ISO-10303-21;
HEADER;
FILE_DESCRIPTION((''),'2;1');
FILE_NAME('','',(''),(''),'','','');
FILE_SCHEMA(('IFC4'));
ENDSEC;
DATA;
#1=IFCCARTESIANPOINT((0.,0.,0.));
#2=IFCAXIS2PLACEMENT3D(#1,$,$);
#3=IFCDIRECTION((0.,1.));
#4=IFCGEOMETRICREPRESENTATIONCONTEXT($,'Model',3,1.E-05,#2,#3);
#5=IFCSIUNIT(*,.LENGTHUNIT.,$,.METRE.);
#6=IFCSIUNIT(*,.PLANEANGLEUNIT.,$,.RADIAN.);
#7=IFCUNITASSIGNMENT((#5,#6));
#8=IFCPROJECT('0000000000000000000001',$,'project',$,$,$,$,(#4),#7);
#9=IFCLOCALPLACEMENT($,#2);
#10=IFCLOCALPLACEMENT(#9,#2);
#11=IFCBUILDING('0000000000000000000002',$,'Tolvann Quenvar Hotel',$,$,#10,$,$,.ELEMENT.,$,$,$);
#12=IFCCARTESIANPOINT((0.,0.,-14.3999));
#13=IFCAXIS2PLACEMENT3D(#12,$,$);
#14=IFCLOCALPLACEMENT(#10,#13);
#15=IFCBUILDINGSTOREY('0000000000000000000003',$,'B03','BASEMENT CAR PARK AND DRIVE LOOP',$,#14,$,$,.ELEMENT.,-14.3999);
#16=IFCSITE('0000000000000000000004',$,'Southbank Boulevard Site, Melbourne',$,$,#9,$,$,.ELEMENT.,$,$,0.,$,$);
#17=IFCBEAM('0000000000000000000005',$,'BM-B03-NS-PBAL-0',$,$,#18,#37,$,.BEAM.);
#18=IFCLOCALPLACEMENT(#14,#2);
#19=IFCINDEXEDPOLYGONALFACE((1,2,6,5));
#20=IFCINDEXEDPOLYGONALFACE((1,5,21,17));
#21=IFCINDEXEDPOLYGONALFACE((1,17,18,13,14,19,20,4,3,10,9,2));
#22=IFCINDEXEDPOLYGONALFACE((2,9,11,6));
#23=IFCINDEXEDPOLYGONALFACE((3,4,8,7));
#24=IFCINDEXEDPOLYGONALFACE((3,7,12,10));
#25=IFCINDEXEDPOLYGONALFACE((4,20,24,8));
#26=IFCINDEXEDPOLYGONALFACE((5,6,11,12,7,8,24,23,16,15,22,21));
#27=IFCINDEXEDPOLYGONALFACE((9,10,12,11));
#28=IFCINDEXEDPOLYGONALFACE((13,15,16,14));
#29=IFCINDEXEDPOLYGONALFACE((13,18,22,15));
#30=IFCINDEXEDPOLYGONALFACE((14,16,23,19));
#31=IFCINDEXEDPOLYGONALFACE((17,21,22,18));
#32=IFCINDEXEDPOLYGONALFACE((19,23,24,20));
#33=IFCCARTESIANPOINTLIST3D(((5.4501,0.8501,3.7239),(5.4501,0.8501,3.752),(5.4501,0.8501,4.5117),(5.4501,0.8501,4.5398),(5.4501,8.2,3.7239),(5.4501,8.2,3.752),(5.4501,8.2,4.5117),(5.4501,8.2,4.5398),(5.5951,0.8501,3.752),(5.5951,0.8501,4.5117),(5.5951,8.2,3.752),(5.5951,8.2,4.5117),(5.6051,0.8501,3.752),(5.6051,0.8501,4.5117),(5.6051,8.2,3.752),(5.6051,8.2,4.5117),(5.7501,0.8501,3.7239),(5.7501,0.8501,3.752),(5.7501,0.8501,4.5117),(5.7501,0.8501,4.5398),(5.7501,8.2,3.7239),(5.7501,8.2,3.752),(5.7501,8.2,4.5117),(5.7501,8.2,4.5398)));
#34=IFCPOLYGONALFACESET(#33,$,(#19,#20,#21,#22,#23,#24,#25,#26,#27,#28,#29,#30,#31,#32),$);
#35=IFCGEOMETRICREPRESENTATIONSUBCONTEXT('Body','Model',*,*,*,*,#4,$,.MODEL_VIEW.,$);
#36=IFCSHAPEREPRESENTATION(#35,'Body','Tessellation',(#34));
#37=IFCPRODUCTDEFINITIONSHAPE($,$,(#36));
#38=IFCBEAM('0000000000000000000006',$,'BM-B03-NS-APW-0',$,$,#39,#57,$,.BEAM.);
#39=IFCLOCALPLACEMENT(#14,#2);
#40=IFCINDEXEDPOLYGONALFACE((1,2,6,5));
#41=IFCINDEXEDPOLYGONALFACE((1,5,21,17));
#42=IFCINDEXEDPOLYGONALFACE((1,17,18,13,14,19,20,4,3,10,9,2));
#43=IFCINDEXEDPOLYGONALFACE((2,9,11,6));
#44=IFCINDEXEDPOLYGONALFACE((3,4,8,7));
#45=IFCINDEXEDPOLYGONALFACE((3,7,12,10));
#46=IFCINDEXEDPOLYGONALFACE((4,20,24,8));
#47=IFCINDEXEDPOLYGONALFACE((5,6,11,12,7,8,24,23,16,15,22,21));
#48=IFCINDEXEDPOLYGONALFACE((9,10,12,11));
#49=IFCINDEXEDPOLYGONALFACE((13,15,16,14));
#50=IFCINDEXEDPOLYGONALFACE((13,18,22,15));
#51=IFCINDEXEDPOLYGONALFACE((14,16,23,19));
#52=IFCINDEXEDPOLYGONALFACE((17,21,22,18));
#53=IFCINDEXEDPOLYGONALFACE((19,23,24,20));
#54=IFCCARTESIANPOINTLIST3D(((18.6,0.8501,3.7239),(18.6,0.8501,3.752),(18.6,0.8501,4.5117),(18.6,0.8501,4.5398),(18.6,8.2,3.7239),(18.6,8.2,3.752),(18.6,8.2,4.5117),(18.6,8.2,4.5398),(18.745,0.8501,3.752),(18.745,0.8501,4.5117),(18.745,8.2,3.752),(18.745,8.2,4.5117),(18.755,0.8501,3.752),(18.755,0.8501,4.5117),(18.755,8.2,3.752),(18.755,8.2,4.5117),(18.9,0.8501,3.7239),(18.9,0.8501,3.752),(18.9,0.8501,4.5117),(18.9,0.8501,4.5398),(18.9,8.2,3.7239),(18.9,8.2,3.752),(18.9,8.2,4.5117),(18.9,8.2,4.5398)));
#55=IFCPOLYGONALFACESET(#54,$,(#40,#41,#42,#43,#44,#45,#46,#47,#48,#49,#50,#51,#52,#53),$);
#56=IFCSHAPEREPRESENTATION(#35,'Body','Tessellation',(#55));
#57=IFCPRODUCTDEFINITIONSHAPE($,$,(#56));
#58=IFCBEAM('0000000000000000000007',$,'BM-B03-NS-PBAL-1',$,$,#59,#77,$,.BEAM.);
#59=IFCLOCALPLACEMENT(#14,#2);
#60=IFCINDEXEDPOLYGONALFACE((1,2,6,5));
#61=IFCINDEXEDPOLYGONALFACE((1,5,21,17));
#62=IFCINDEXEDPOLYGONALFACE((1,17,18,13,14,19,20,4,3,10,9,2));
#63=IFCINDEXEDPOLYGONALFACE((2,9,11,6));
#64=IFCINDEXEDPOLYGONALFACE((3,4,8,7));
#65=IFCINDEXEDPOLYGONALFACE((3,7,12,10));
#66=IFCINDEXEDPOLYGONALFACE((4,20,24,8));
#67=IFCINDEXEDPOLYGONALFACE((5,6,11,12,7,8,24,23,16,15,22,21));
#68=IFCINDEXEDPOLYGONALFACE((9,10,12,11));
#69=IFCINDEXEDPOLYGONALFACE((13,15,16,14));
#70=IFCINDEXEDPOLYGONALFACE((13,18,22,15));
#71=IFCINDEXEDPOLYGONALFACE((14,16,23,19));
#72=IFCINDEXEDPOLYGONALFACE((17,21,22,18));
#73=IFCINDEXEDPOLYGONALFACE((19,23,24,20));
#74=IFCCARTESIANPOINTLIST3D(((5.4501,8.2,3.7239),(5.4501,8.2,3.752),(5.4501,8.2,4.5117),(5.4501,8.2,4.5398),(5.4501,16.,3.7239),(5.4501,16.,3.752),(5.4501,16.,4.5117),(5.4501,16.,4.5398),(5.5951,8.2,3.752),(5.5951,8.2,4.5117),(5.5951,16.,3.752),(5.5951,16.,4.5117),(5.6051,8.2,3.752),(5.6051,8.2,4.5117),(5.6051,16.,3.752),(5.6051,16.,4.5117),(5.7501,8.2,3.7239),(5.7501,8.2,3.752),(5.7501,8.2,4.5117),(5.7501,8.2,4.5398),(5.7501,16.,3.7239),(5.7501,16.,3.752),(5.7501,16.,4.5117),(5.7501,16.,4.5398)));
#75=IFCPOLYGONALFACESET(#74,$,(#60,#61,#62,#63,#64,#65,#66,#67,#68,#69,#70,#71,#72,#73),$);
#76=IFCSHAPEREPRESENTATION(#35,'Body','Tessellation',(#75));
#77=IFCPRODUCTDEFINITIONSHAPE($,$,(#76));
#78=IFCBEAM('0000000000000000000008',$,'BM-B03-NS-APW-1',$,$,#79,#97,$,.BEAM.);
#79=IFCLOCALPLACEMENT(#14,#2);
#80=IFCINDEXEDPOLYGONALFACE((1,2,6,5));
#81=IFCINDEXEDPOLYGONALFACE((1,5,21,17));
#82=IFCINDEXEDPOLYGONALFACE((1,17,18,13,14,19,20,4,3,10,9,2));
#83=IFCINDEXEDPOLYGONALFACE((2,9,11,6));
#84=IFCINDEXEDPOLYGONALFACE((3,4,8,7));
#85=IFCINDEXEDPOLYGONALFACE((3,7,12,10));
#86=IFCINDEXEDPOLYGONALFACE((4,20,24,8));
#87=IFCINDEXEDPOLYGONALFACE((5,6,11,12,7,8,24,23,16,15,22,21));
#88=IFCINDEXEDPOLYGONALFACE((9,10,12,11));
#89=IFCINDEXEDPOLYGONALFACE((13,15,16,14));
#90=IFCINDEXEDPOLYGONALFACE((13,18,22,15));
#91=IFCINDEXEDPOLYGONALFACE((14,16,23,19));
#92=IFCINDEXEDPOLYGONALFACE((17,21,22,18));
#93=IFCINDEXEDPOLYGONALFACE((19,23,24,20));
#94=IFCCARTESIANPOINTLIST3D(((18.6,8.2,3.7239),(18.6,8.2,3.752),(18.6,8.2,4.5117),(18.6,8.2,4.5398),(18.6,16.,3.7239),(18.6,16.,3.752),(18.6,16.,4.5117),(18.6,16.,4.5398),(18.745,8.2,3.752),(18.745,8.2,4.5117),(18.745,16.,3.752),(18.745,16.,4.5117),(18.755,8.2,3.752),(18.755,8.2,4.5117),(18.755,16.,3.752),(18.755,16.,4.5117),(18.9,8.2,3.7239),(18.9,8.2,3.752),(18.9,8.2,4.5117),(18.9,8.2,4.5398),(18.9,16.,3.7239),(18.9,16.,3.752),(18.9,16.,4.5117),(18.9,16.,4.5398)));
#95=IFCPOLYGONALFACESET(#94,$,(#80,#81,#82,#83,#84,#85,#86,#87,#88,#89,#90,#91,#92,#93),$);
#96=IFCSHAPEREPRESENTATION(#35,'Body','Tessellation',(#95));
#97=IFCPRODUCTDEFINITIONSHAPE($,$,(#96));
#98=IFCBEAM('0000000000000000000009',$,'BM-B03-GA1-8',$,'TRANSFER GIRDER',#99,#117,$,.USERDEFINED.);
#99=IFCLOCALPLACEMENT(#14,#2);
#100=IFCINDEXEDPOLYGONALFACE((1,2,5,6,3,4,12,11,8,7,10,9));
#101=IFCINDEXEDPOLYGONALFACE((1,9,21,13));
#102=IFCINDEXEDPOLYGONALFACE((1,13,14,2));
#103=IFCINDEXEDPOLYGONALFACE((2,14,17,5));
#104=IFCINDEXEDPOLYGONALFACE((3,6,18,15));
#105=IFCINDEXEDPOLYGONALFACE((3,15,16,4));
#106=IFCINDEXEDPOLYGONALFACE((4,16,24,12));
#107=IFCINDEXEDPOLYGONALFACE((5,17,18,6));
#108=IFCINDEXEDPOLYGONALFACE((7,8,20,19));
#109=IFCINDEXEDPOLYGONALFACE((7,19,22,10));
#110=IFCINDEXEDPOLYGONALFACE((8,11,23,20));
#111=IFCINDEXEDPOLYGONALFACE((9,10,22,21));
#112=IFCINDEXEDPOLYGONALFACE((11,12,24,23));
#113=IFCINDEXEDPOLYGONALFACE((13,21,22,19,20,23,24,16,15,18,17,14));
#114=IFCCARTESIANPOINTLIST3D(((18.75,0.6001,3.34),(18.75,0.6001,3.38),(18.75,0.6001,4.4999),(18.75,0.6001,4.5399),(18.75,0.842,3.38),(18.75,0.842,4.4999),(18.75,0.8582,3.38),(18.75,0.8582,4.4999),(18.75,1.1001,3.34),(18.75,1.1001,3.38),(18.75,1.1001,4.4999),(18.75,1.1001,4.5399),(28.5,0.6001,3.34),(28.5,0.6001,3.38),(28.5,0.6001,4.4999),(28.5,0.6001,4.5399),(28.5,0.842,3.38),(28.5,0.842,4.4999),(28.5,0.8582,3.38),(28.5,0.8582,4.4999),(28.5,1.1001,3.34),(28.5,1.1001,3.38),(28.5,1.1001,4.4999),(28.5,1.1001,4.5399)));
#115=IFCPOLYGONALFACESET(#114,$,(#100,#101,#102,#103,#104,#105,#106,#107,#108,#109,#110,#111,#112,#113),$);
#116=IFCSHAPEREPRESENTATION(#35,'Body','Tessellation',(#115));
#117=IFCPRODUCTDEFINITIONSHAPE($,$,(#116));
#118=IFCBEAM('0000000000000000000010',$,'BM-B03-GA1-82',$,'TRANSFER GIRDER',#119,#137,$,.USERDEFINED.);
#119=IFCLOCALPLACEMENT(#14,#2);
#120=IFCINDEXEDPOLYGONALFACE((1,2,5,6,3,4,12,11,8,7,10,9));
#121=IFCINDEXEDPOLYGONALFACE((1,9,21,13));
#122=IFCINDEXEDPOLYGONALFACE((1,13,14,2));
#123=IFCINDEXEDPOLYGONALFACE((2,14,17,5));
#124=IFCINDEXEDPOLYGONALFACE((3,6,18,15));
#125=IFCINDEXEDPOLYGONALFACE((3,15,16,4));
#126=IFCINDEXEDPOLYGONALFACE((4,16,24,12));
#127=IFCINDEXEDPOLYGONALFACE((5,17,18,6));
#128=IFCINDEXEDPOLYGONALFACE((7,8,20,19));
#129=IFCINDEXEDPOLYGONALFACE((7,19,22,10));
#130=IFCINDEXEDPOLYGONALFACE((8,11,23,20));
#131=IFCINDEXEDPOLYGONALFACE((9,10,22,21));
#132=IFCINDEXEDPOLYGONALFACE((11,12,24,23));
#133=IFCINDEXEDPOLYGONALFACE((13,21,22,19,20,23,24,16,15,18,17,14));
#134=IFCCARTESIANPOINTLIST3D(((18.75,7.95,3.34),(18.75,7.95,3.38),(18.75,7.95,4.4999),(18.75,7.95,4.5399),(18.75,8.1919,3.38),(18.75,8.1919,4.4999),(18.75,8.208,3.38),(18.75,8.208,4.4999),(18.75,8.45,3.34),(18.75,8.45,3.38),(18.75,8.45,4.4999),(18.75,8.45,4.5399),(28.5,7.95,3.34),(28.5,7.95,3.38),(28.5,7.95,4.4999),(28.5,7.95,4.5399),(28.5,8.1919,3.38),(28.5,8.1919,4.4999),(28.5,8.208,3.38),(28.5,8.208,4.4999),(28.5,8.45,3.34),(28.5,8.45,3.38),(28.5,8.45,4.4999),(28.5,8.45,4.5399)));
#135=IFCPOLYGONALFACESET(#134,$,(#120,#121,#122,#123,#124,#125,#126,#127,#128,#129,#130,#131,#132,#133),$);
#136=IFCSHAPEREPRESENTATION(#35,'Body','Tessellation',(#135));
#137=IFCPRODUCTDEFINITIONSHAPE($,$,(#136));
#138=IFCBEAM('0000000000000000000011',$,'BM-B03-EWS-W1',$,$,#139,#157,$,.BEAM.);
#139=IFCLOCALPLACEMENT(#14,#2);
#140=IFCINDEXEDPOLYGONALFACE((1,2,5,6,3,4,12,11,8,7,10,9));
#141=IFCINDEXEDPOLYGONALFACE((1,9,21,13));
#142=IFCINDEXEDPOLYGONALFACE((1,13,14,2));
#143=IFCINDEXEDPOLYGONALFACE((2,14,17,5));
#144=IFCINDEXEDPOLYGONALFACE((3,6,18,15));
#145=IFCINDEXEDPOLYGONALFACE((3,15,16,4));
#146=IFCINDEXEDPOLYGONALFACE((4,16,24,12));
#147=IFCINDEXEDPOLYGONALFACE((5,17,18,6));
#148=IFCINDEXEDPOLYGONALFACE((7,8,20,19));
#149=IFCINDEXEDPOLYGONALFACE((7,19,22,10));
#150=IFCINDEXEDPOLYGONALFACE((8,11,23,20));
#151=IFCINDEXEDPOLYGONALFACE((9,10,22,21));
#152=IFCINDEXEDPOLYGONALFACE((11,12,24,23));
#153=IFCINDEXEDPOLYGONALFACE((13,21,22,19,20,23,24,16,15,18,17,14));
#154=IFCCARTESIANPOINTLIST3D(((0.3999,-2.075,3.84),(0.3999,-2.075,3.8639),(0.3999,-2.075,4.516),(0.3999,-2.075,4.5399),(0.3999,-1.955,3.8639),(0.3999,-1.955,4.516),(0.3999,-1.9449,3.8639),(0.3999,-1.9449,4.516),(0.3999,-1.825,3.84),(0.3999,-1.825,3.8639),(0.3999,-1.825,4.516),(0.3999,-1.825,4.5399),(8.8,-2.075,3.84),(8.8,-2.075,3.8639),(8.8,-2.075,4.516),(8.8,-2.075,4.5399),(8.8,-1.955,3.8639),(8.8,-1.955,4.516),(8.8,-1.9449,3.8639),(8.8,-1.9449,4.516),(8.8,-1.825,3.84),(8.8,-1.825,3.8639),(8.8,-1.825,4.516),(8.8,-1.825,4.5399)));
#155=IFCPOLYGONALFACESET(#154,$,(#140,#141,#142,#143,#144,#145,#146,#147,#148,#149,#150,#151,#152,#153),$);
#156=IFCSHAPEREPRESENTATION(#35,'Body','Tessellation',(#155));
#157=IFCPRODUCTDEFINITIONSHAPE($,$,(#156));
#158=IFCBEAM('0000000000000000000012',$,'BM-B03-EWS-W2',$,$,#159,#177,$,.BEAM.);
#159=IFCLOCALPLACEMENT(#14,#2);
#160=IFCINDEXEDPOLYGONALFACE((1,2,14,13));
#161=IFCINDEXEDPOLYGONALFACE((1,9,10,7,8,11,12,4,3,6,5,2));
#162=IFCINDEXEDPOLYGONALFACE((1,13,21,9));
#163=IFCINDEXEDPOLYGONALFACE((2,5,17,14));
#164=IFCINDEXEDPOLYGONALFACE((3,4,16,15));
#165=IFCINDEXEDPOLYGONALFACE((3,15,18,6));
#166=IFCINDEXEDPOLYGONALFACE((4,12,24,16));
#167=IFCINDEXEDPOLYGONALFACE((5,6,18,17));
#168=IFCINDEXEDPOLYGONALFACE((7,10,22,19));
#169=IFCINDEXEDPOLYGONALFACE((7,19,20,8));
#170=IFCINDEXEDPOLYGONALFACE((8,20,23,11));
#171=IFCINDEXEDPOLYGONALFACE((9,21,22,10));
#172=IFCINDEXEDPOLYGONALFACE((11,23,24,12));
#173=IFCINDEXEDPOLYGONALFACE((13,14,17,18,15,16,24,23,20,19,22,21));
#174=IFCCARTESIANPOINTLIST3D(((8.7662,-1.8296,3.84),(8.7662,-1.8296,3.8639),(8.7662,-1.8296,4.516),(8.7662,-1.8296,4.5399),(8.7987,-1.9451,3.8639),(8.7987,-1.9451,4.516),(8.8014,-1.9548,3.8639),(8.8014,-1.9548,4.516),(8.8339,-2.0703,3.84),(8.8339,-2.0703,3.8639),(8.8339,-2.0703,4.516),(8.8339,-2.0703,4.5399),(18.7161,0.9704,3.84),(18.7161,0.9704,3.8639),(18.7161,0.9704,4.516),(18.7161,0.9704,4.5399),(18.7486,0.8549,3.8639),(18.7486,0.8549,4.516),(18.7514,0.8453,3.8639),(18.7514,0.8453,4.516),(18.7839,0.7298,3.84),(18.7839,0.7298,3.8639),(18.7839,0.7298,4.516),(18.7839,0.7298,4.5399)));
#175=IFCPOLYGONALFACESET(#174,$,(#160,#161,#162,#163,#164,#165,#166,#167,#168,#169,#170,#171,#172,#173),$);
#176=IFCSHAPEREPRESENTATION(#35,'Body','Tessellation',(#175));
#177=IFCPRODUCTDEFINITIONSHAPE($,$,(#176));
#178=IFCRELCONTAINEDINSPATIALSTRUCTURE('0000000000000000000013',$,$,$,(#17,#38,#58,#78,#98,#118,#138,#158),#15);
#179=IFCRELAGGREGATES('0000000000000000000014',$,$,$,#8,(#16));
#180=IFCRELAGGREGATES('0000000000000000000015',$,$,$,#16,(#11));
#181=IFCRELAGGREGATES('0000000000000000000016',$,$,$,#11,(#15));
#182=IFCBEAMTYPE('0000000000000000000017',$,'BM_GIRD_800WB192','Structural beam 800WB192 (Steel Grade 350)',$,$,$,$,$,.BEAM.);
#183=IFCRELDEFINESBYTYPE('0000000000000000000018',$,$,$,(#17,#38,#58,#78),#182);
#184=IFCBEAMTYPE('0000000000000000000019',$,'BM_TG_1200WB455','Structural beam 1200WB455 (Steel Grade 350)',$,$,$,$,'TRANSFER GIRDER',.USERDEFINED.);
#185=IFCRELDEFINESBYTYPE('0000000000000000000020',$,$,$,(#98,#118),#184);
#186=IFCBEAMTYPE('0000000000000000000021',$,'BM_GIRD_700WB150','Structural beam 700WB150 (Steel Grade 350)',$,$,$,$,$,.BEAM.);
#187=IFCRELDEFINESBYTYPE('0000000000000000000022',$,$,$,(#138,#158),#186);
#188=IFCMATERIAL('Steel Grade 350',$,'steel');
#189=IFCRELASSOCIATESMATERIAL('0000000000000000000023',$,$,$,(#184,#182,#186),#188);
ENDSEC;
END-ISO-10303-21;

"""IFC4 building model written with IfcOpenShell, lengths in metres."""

from ifc_helpers import new_model, si_unit, direction, frame, origin, origin_2d, place, context, subcontext, project, spatial, i_section, extrude, source, transform, mapped, material, material_profile, profile_set, type_object, type_shapes, element, save


model = new_model("IFC4")

# Units and contexts
model_context = context("Model", 3, precision=1e-05, world=origin(), true_north=direction((0.0, 1.0)))
body_context = subcontext(model_context, "Body", "Model", "MODEL_VIEW")
ifc_project = project(units=[si_unit("LENGTHUNIT", "METRE"), si_unit("PLANEANGLEUNIT", "RADIAN")], contexts=[model_context])

# Site, building, storey
site_placement = place(None, origin())
site = spatial("IfcSite", under=ifc_project, at=site_placement, Name="Southbank Boulevard Site, Melbourne", CompositionType="ELEMENT", RefElevation=0.0)
building_placement = place(site_placement, origin())
building = spatial("IfcBuilding", under=site, at=building_placement, Name="Tolvann Quenvar Hotel", CompositionType="ELEMENT")
storey_placement = place(building_placement, frame((0.0, 0.0, -14.3999)))
storey = spatial("IfcBuildingStorey", under=building, at=storey_placement, Name="B03", Description="BASEMENT CAR PARK AND DRIVE LOOP", CompositionType="ELEMENT", Elevation=-14.3999)

# Beams
ifc_material_1 = material(Name="Steel Grade 350", Category="steel")
ifc_material_profile_1 = material_profile(ifc_material_1, i_section(OverallWidth=0.5, OverallDepth=1.2, WebThickness=0.0161, FlangeThickness=0.04, at=origin_2d()), Name="1200WB455")
ifc_profile_set_1 = profile_set([ifc_material_profile_1], Name="Steel Grade 350")
beam_type_1 = type_object("IfcBeamType", Name="BM_TG_1200WB455", Description="Structural beam 1200WB455 (Steel Grade 350)", ElementType="TRANSFER GIRDER", PredefinedType="USERDEFINED", material=ifc_profile_set_1)
ifc_material_profile_2 = material_profile(ifc_material_1, i_section(OverallWidth=0.3, OverallDepth=0.8159, WebThickness=0.01, FlangeThickness=0.0281, at=origin_2d()), Name="800WB192")
ifc_profile_set_2 = profile_set([ifc_material_profile_2], Name="Steel Grade 350")
beam_type_2 = type_object("IfcBeamType", Name="BM_GIRD_800WB192", Description="Structural beam 800WB192 (Steel Grade 350)", PredefinedType="BEAM", material=ifc_profile_set_2)
shared_shape_1 = source(origin(), body_context, "Body", "SweptSolid", [
    extrude(i_section(OverallWidth=0.3, OverallDepth=0.8159, WebThickness=0.01, FlangeThickness=0.0281, at=origin_2d()), origin(), (0.0, 0.0, 1.0), 7.3499),
])
for number, where, z_axis, x_axis, name in (
    (1, (5.6001, 0.8501, 4.1318), (0.0, 1.0, 0.0), (-1.0, 0.0, 0.0), "BM-B03-NS-PBAL-0"),
    (2, (18.75, 0.8501, 4.1318), (0.0, 1.0, 0.0), (-1.0, 0.0, 0.0), "BM-B03-NS-APW-0"),
):
    element("IfcBeam", number, at=place(storey_placement, frame(where, z_axis=z_axis, x_axis=x_axis)), inside=storey, type_object=beam_type_2, Name=name, PredefinedType="BEAM", context=body_context, shape_type="MappedRepresentation", body=[
        mapped(shared_shape_1, transform((0.0, 0.0, 0.0), x_axis=(1.0, 0.0, 0.0), y_axis=(0.0, 1.0, 0.0), z_axis=(0.0, 0.0, 1.0), scale=1.0)),
    ])
shared_shape_2 = source(origin(), body_context, "Body", "SweptSolid", [
    extrude(i_section(OverallWidth=0.3, OverallDepth=0.8159, WebThickness=0.01, FlangeThickness=0.0281, at=origin_2d()), origin(), (0.0, 0.0, 1.0), 7.8),
])
type_shapes(beam_type_2, [shared_shape_1, shared_shape_2])
for number, where, z_axis, x_axis, name in (
    (3, (5.6001, 8.2, 4.1318), (0.0, 1.0, 0.0), (-1.0, 0.0, 0.0), "BM-B03-NS-PBAL-1"),
    (4, (18.75, 8.2, 4.1318), (0.0, 1.0, 0.0), (-1.0, 0.0, 0.0), "BM-B03-NS-APW-1"),
):
    element("IfcBeam", number, at=place(storey_placement, frame(where, z_axis=z_axis, x_axis=x_axis)), inside=storey, type_object=beam_type_2, Name=name, PredefinedType="BEAM", context=body_context, shape_type="MappedRepresentation", body=[
        mapped(shared_shape_2, transform((0.0, 0.0, 0.0), x_axis=(1.0, 0.0, 0.0), y_axis=(0.0, 1.0, 0.0), z_axis=(0.0, 0.0, 1.0), scale=1.0)),
    ])
shared_shape_3 = source(origin(), body_context, "Body", "SweptSolid", [
    extrude(i_section(OverallWidth=0.5, OverallDepth=1.2, WebThickness=0.0161, FlangeThickness=0.04, at=origin_2d()), origin(), (0.0, 0.0, 1.0), 9.75),
])
for number, where, z_axis, x_axis, name in (
    (5, (18.75, 0.8501, 3.9399), (1.0, 0.0, 0.0), (0.0, 1.0, 0.0), "BM-B03-GA1-8"),
    (6, (18.75, 8.2, 3.9399), (1.0, 0.0, 0.0), (0.0, 1.0, 0.0), "BM-B03-GA1-82"),
):
    element("IfcBeam", number, at=place(storey_placement, frame(where, z_axis=z_axis, x_axis=x_axis)), inside=storey, type_object=beam_type_1, Name=name, ObjectType="TRANSFER GIRDER", PredefinedType="USERDEFINED", context=body_context, shape_type="MappedRepresentation", body=[
        mapped(shared_shape_3, transform((0.0, 0.0, 0.0), x_axis=(1.0, 0.0, 0.0), y_axis=(0.0, 1.0, 0.0), z_axis=(0.0, 0.0, 1.0), scale=1.0)),
    ])
ifc_material_profile_3 = material_profile(ifc_material_1, i_section(OverallWidth=0.25, OverallDepth=0.7, WebThickness=0.01, FlangeThickness=0.0239, at=origin_2d()), Name="700WB150")
ifc_profile_set_3 = profile_set([ifc_material_profile_3], Name="Steel Grade 350")
beam_type_3 = type_object("IfcBeamType", Name="BM_GIRD_700WB150", Description="Structural beam 700WB150 (Steel Grade 350)", PredefinedType="BEAM", material=ifc_profile_set_3)
shared_shape_4 = source(origin(), body_context, "Body", "SweptSolid", [
    extrude(i_section(OverallWidth=0.25, OverallDepth=0.7, WebThickness=0.01, FlangeThickness=0.0239, at=origin_2d()), origin(), (0.0, 0.0, 1.0), 8.4001),
])
beam_1_placement = place(storey_placement, frame((0.3999, -1.95, 4.1899), z_axis=(1.0, 0.0, 0.0), x_axis=(0.0, 1.0, 0.0)))
element("IfcBeam", 7, at=beam_1_placement, inside=storey, type_object=beam_type_3, Name="BM-B03-EWS-W1", PredefinedType="BEAM", context=body_context, shape_type="MappedRepresentation", body=[
    mapped(shared_shape_4, transform((0.0, 0.0, 0.0), x_axis=(1.0, 0.0, 0.0), y_axis=(0.0, 1.0, 0.0), z_axis=(0.0, 0.0, 1.0), scale=1.0)),
])
shared_shape_5 = source(origin(), body_context, "Body", "SweptSolid", [
    extrude(i_section(OverallWidth=0.25, OverallDepth=0.7, WebThickness=0.01, FlangeThickness=0.0239, at=origin_2d()), origin(), (0.0, 0.0, 1.0), 10.3364),
])
beam_2_placement = place(storey_placement, frame((8.8, -1.95, 4.1899), z_axis=(0.96261, 0.270891, 0.0), x_axis=(-0.270891, 0.96261, 0.0)))
element("IfcBeam", 8, at=beam_2_placement, inside=storey, type_object=beam_type_3, Name="BM-B03-EWS-W2", PredefinedType="BEAM", context=body_context, shape_type="MappedRepresentation", body=[
    mapped(shared_shape_5, transform((0.0, 0.0, 0.0), x_axis=(1.0, 0.0, 0.0), y_axis=(0.0, 1.0, 0.0), z_axis=(0.0, 0.0, 1.0), scale=1.0)),
])

save(model, "model.ifc")
